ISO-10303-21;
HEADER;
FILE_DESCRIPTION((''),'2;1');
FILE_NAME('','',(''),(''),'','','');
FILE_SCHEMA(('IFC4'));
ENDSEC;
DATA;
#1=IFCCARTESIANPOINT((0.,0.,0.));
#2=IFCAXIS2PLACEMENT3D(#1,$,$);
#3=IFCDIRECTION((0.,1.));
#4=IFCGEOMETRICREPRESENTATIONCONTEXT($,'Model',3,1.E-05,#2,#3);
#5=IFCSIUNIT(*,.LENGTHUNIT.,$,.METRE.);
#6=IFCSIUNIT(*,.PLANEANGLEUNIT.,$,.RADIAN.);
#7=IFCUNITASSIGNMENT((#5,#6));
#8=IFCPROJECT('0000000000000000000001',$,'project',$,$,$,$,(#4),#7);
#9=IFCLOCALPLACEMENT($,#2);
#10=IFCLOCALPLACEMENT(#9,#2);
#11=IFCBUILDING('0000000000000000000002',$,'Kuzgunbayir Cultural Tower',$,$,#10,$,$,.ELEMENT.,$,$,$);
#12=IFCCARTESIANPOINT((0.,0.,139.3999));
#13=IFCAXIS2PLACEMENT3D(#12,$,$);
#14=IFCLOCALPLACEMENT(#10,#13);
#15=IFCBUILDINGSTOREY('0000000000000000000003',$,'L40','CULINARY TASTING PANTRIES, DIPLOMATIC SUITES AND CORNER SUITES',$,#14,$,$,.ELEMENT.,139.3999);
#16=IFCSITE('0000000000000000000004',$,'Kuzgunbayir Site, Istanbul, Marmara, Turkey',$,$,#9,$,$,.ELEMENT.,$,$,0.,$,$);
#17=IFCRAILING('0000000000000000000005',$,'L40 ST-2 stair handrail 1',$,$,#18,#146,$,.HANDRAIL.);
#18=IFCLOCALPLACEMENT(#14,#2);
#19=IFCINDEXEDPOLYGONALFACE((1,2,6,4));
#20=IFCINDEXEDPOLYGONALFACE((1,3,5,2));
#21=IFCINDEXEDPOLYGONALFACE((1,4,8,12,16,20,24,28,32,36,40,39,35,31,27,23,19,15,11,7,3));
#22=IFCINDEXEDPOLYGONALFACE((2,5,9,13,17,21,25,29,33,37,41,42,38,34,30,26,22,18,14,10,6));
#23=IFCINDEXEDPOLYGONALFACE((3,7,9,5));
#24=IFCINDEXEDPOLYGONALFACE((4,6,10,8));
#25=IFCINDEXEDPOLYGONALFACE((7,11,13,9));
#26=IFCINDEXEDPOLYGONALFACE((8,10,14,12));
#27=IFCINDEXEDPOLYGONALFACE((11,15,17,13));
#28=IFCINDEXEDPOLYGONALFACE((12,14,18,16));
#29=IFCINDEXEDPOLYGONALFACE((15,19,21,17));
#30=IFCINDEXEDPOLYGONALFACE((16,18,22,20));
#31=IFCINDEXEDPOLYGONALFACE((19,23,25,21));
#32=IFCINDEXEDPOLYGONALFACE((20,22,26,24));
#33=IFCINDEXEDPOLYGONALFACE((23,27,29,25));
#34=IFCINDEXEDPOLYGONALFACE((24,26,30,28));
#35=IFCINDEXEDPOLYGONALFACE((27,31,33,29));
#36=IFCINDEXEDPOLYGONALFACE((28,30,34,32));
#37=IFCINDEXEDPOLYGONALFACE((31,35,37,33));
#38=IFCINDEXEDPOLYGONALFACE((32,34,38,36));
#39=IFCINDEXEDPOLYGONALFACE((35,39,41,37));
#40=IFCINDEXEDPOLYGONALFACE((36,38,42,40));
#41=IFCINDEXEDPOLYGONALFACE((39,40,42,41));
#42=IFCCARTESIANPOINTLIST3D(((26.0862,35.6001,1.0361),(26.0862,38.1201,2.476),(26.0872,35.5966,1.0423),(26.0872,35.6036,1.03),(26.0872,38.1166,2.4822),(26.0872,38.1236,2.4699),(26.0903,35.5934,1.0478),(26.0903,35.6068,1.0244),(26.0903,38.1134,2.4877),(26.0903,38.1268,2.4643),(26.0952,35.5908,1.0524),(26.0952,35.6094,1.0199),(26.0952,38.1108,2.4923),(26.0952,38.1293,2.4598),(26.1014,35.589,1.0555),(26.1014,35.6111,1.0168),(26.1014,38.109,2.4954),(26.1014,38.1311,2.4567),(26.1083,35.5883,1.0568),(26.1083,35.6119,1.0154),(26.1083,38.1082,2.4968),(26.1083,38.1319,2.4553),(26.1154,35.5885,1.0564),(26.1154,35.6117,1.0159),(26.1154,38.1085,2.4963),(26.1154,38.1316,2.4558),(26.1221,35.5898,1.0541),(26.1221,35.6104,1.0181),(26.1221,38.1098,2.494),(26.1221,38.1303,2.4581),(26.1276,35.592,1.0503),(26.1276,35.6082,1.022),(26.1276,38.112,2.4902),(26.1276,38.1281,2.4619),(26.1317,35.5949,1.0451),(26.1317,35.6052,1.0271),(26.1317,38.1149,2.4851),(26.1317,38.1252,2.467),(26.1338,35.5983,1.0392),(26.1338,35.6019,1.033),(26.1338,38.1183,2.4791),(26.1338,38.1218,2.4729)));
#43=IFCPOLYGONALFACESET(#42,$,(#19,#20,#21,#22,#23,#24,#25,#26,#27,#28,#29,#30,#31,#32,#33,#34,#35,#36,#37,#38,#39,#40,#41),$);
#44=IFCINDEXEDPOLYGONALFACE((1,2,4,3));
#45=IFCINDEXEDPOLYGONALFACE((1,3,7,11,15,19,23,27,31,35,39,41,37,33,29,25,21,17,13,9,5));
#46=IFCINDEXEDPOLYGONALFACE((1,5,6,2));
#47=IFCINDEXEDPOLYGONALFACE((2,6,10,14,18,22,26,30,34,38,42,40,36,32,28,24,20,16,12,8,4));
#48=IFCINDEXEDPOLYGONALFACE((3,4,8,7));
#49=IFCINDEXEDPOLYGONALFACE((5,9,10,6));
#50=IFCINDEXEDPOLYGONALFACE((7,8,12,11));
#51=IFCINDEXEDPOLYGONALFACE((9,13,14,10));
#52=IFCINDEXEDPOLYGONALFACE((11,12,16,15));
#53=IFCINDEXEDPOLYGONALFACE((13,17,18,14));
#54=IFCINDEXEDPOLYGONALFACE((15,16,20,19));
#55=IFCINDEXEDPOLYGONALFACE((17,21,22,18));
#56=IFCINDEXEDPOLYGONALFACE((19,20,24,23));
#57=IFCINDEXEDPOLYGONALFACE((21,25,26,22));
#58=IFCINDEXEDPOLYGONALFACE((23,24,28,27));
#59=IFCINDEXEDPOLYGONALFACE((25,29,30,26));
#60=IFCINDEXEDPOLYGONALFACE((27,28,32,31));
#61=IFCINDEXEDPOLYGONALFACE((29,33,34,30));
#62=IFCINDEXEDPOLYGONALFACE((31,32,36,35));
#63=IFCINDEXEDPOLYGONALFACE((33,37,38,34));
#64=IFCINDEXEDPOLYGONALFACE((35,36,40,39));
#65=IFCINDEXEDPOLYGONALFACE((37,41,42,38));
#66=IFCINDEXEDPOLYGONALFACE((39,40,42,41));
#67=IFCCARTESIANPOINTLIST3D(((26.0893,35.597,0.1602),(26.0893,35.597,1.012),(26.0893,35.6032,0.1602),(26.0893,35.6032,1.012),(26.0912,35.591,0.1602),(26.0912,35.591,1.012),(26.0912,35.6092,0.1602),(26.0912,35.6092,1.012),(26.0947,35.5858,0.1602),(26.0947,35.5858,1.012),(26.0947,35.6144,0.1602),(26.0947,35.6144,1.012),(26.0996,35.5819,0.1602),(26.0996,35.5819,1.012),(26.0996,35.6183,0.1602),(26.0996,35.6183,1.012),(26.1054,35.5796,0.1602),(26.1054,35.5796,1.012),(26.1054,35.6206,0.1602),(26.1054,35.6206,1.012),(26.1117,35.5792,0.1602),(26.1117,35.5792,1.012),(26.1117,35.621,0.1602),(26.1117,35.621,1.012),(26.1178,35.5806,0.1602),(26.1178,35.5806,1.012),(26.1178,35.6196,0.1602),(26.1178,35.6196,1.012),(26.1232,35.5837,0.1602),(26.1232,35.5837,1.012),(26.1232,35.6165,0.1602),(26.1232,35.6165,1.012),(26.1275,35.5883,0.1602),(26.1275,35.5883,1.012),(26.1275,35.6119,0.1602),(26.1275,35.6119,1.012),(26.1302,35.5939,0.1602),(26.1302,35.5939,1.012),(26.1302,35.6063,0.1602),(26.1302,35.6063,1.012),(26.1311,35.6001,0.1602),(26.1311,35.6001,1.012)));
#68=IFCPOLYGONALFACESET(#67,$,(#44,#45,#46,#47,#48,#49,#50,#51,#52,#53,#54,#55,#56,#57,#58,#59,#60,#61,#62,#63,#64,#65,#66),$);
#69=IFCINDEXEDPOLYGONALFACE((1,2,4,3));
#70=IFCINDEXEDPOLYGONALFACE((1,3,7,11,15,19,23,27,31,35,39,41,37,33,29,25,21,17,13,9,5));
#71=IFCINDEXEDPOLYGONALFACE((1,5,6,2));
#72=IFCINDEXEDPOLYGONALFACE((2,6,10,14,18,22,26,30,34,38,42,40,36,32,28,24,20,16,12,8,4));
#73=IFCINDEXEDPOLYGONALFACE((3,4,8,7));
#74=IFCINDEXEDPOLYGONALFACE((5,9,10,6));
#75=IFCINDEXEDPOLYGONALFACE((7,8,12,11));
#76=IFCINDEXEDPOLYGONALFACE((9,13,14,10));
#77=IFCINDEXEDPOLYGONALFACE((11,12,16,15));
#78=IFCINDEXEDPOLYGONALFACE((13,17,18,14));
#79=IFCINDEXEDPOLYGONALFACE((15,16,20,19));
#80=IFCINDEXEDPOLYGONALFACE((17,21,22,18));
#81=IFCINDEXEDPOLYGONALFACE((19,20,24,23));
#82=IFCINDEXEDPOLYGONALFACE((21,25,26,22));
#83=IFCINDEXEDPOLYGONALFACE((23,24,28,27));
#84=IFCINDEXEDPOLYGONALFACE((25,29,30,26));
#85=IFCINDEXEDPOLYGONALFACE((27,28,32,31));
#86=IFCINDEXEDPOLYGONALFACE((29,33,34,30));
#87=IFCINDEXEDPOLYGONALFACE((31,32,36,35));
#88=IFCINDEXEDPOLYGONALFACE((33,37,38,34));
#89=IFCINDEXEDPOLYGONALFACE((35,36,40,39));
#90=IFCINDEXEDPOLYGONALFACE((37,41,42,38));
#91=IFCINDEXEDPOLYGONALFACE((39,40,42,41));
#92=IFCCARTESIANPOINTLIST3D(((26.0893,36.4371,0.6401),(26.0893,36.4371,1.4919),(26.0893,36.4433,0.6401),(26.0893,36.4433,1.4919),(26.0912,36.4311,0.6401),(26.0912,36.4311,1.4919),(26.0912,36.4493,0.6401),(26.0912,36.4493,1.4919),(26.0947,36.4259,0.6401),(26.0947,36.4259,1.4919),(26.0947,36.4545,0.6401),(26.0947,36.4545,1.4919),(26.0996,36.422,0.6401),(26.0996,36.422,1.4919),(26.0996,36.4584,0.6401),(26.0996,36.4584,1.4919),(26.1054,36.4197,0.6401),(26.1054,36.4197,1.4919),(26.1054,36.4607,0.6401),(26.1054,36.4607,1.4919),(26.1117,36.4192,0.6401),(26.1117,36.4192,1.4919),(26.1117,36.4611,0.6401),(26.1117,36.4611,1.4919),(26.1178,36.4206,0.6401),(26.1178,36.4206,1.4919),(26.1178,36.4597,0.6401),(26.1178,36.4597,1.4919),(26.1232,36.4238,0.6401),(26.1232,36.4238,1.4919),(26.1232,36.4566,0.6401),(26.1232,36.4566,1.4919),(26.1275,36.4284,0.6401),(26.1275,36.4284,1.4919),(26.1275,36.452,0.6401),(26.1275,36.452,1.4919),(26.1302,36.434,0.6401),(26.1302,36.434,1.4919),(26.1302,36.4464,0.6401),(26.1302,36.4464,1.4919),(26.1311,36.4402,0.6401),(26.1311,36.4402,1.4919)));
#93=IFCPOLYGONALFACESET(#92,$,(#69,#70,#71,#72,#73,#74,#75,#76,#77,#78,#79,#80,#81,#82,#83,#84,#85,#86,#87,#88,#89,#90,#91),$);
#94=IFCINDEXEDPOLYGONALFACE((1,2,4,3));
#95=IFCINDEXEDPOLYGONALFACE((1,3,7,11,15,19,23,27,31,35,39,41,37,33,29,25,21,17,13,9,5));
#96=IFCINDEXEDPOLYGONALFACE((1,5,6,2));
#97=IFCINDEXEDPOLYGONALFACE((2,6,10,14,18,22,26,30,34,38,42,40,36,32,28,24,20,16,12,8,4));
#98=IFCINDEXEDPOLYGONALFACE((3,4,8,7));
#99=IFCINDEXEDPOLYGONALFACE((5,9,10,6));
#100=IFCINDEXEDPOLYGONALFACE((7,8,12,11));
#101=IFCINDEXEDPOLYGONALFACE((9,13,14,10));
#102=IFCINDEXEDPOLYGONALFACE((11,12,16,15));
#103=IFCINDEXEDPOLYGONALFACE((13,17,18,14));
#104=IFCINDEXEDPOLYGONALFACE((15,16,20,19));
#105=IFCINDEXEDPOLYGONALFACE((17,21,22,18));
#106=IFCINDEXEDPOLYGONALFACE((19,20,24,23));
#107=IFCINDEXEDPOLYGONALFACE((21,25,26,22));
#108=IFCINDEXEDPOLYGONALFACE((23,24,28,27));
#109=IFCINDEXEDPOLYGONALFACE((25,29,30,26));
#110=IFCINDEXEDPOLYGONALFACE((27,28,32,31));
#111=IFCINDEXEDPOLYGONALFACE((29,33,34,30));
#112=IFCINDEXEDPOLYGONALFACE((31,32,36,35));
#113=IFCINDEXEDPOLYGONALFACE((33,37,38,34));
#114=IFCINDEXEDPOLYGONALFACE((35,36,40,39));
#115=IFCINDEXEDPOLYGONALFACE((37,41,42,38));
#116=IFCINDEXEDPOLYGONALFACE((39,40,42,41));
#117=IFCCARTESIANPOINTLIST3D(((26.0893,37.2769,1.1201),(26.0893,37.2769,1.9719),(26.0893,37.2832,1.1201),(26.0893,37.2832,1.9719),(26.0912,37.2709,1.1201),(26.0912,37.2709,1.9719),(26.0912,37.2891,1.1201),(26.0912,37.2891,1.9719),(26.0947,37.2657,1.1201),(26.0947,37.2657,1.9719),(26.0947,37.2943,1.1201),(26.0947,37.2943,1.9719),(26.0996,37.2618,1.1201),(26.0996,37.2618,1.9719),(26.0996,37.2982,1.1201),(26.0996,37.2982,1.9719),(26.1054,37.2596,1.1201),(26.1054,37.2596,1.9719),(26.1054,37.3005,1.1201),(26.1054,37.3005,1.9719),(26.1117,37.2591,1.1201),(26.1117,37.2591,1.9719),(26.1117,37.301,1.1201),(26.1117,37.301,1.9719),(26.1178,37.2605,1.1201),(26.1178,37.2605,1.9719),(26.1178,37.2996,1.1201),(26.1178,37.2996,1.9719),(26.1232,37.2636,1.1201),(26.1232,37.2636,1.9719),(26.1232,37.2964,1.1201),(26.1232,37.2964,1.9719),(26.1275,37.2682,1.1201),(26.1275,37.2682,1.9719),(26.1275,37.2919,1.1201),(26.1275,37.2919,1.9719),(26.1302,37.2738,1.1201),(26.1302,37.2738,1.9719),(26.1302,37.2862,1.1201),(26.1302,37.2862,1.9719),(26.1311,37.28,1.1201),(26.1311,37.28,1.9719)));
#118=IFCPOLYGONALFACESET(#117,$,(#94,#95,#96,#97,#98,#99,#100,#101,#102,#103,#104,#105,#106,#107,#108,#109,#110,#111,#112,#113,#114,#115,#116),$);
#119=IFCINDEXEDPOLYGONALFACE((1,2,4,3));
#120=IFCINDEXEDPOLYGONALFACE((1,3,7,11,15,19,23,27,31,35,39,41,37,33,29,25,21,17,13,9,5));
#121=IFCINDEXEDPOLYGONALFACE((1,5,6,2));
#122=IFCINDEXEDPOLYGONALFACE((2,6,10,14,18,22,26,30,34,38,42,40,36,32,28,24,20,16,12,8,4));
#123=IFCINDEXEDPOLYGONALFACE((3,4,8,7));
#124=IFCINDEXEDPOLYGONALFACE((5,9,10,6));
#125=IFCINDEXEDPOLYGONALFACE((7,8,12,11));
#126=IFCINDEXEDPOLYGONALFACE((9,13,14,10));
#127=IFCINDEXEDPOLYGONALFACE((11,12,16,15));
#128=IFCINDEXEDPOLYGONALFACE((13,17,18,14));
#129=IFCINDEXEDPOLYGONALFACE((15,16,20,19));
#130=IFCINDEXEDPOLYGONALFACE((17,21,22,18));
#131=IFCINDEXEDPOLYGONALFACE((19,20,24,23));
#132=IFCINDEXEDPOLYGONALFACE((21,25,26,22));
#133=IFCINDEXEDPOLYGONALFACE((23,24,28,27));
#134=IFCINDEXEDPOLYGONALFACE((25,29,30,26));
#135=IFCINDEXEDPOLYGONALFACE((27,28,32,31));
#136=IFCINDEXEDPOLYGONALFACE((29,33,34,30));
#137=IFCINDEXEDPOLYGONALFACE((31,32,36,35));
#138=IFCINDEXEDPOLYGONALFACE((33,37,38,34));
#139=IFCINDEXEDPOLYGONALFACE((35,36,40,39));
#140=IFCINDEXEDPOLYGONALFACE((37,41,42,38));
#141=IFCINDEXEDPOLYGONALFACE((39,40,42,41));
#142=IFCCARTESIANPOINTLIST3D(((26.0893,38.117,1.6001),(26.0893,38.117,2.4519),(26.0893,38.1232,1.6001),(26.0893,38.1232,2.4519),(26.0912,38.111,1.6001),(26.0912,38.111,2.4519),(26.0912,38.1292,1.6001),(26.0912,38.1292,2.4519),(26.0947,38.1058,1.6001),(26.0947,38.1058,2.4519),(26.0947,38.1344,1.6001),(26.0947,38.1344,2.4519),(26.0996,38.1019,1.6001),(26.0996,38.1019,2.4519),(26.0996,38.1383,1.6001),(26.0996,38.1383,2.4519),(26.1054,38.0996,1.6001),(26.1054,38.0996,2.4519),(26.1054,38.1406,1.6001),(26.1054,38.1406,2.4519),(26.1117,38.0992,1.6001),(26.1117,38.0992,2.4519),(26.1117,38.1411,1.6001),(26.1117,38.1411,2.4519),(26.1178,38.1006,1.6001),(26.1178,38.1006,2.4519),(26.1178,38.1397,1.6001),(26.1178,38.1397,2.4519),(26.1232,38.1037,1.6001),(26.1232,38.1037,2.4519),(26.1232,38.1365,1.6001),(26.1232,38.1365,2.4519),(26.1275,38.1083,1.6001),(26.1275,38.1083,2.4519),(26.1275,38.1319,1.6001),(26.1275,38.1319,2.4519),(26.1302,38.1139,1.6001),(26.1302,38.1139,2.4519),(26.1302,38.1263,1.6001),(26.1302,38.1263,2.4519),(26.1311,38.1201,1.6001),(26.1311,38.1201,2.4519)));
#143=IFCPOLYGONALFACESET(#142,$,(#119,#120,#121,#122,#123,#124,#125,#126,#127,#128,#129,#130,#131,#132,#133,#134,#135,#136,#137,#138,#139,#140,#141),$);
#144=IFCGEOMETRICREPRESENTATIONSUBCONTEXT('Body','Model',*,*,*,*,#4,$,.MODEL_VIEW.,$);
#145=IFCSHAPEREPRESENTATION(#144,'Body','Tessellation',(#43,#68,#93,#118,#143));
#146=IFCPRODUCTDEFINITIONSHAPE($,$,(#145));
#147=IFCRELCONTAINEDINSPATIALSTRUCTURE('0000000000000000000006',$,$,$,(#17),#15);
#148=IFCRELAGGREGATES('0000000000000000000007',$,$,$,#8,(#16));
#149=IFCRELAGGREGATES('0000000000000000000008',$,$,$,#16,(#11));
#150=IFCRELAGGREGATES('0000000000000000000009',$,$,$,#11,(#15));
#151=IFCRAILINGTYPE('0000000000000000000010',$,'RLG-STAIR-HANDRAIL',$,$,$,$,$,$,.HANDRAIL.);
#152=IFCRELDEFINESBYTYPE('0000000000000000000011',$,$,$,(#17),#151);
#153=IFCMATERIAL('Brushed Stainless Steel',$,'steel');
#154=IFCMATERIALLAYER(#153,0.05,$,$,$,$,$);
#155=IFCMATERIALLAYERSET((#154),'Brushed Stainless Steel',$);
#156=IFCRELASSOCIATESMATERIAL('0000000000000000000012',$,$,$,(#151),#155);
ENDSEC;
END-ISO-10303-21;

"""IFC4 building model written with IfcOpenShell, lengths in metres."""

from ifc_helpers import new_model, si_unit, direction, frame, origin, origin_2d, place, context, subcontext, project, spatial, circle, extrude, material, layer, layer_set, type_object, element, save


model = new_model("IFC4")

# Units and contexts
model_context = context("Model", 3, precision=1e-05, world=origin(), true_north=direction((0.0, 1.0)))
body_context = subcontext(model_context, "Body", "Model", "MODEL_VIEW")
ifc_project = project(units=[si_unit("LENGTHUNIT", "METRE"), si_unit("PLANEANGLEUNIT", "RADIAN")], contexts=[model_context])

# Site, building, storey
site_placement = place(None, origin())
site = spatial("IfcSite", under=ifc_project, at=site_placement, Name="Kuzgunbayir Site, Istanbul, Marmara, Turkey", CompositionType="ELEMENT", RefElevation=0.0)
building_placement = place(site_placement, origin())
building = spatial("IfcBuilding", under=site, at=building_placement, Name="Kuzgunbayir Cultural Tower", CompositionType="ELEMENT")
storey_placement = place(building_placement, frame((0.0, 0.0, 139.3999)))
storey = spatial("IfcBuildingStorey", under=building, at=storey_placement, Name="L40", Description="CULINARY TASTING PANTRIES, DIPLOMATIC SUITES AND CORNER SUITES", CompositionType="ELEMENT", Elevation=139.3999)

# Shared definitions
ifc_material_1 = material(Name="Brushed Stainless Steel", Category="steel")

# Railing
ifc_layer_1 = layer(ifc_material_1, 0.05)
ifc_layer_set_1 = layer_set([ifc_layer_1], Name="Brushed Stainless Steel")
railing_type_1 = type_object("IfcRailingType", Name="RLG-STAIR-HANDRAIL", PredefinedType="HANDRAIL", material=ifc_layer_set_1)
railing_1_placement = place(storey_placement, frame((26.1101, 35.6001, 0.1602)))
element("IfcRailing", 1, at=railing_1_placement, inside=storey, type_object=railing_type_1, Name="L40 ST-2 stair handrail 1", PredefinedType="HANDRAIL", context=body_context, shape_type="SweptSolid", body=[
    extrude(circle(Radius=0.0239, at=origin_2d()), frame((0.0, 0.0, 0.876), z_axis=(0.0, 0.868253, 0.496121), x_axis=(-1.0, 0.0, 0.0)), (0.0, 0.0, 1.0), 2.9023),
    extrude(circle(Radius=0.021, at=origin_2d()), origin(), (0.0, 0.0, 1.0), 0.8518),
    extrude(circle(Radius=0.021, at=origin_2d()), frame((0.0, 0.8401, 0.48)), (0.0, 0.0, 1.0), 0.8518),
    extrude(circle(Radius=0.021, at=origin_2d()), frame((0.0, 1.6799, 0.96)), (0.0, 0.0, 1.0), 0.8518),
    extrude(circle(Radius=0.021, at=origin_2d()), frame((0.0, 2.52, 1.4399)), (0.0, 0.0, 1.0), 0.8518),
])

save(model, "model.ifc")
